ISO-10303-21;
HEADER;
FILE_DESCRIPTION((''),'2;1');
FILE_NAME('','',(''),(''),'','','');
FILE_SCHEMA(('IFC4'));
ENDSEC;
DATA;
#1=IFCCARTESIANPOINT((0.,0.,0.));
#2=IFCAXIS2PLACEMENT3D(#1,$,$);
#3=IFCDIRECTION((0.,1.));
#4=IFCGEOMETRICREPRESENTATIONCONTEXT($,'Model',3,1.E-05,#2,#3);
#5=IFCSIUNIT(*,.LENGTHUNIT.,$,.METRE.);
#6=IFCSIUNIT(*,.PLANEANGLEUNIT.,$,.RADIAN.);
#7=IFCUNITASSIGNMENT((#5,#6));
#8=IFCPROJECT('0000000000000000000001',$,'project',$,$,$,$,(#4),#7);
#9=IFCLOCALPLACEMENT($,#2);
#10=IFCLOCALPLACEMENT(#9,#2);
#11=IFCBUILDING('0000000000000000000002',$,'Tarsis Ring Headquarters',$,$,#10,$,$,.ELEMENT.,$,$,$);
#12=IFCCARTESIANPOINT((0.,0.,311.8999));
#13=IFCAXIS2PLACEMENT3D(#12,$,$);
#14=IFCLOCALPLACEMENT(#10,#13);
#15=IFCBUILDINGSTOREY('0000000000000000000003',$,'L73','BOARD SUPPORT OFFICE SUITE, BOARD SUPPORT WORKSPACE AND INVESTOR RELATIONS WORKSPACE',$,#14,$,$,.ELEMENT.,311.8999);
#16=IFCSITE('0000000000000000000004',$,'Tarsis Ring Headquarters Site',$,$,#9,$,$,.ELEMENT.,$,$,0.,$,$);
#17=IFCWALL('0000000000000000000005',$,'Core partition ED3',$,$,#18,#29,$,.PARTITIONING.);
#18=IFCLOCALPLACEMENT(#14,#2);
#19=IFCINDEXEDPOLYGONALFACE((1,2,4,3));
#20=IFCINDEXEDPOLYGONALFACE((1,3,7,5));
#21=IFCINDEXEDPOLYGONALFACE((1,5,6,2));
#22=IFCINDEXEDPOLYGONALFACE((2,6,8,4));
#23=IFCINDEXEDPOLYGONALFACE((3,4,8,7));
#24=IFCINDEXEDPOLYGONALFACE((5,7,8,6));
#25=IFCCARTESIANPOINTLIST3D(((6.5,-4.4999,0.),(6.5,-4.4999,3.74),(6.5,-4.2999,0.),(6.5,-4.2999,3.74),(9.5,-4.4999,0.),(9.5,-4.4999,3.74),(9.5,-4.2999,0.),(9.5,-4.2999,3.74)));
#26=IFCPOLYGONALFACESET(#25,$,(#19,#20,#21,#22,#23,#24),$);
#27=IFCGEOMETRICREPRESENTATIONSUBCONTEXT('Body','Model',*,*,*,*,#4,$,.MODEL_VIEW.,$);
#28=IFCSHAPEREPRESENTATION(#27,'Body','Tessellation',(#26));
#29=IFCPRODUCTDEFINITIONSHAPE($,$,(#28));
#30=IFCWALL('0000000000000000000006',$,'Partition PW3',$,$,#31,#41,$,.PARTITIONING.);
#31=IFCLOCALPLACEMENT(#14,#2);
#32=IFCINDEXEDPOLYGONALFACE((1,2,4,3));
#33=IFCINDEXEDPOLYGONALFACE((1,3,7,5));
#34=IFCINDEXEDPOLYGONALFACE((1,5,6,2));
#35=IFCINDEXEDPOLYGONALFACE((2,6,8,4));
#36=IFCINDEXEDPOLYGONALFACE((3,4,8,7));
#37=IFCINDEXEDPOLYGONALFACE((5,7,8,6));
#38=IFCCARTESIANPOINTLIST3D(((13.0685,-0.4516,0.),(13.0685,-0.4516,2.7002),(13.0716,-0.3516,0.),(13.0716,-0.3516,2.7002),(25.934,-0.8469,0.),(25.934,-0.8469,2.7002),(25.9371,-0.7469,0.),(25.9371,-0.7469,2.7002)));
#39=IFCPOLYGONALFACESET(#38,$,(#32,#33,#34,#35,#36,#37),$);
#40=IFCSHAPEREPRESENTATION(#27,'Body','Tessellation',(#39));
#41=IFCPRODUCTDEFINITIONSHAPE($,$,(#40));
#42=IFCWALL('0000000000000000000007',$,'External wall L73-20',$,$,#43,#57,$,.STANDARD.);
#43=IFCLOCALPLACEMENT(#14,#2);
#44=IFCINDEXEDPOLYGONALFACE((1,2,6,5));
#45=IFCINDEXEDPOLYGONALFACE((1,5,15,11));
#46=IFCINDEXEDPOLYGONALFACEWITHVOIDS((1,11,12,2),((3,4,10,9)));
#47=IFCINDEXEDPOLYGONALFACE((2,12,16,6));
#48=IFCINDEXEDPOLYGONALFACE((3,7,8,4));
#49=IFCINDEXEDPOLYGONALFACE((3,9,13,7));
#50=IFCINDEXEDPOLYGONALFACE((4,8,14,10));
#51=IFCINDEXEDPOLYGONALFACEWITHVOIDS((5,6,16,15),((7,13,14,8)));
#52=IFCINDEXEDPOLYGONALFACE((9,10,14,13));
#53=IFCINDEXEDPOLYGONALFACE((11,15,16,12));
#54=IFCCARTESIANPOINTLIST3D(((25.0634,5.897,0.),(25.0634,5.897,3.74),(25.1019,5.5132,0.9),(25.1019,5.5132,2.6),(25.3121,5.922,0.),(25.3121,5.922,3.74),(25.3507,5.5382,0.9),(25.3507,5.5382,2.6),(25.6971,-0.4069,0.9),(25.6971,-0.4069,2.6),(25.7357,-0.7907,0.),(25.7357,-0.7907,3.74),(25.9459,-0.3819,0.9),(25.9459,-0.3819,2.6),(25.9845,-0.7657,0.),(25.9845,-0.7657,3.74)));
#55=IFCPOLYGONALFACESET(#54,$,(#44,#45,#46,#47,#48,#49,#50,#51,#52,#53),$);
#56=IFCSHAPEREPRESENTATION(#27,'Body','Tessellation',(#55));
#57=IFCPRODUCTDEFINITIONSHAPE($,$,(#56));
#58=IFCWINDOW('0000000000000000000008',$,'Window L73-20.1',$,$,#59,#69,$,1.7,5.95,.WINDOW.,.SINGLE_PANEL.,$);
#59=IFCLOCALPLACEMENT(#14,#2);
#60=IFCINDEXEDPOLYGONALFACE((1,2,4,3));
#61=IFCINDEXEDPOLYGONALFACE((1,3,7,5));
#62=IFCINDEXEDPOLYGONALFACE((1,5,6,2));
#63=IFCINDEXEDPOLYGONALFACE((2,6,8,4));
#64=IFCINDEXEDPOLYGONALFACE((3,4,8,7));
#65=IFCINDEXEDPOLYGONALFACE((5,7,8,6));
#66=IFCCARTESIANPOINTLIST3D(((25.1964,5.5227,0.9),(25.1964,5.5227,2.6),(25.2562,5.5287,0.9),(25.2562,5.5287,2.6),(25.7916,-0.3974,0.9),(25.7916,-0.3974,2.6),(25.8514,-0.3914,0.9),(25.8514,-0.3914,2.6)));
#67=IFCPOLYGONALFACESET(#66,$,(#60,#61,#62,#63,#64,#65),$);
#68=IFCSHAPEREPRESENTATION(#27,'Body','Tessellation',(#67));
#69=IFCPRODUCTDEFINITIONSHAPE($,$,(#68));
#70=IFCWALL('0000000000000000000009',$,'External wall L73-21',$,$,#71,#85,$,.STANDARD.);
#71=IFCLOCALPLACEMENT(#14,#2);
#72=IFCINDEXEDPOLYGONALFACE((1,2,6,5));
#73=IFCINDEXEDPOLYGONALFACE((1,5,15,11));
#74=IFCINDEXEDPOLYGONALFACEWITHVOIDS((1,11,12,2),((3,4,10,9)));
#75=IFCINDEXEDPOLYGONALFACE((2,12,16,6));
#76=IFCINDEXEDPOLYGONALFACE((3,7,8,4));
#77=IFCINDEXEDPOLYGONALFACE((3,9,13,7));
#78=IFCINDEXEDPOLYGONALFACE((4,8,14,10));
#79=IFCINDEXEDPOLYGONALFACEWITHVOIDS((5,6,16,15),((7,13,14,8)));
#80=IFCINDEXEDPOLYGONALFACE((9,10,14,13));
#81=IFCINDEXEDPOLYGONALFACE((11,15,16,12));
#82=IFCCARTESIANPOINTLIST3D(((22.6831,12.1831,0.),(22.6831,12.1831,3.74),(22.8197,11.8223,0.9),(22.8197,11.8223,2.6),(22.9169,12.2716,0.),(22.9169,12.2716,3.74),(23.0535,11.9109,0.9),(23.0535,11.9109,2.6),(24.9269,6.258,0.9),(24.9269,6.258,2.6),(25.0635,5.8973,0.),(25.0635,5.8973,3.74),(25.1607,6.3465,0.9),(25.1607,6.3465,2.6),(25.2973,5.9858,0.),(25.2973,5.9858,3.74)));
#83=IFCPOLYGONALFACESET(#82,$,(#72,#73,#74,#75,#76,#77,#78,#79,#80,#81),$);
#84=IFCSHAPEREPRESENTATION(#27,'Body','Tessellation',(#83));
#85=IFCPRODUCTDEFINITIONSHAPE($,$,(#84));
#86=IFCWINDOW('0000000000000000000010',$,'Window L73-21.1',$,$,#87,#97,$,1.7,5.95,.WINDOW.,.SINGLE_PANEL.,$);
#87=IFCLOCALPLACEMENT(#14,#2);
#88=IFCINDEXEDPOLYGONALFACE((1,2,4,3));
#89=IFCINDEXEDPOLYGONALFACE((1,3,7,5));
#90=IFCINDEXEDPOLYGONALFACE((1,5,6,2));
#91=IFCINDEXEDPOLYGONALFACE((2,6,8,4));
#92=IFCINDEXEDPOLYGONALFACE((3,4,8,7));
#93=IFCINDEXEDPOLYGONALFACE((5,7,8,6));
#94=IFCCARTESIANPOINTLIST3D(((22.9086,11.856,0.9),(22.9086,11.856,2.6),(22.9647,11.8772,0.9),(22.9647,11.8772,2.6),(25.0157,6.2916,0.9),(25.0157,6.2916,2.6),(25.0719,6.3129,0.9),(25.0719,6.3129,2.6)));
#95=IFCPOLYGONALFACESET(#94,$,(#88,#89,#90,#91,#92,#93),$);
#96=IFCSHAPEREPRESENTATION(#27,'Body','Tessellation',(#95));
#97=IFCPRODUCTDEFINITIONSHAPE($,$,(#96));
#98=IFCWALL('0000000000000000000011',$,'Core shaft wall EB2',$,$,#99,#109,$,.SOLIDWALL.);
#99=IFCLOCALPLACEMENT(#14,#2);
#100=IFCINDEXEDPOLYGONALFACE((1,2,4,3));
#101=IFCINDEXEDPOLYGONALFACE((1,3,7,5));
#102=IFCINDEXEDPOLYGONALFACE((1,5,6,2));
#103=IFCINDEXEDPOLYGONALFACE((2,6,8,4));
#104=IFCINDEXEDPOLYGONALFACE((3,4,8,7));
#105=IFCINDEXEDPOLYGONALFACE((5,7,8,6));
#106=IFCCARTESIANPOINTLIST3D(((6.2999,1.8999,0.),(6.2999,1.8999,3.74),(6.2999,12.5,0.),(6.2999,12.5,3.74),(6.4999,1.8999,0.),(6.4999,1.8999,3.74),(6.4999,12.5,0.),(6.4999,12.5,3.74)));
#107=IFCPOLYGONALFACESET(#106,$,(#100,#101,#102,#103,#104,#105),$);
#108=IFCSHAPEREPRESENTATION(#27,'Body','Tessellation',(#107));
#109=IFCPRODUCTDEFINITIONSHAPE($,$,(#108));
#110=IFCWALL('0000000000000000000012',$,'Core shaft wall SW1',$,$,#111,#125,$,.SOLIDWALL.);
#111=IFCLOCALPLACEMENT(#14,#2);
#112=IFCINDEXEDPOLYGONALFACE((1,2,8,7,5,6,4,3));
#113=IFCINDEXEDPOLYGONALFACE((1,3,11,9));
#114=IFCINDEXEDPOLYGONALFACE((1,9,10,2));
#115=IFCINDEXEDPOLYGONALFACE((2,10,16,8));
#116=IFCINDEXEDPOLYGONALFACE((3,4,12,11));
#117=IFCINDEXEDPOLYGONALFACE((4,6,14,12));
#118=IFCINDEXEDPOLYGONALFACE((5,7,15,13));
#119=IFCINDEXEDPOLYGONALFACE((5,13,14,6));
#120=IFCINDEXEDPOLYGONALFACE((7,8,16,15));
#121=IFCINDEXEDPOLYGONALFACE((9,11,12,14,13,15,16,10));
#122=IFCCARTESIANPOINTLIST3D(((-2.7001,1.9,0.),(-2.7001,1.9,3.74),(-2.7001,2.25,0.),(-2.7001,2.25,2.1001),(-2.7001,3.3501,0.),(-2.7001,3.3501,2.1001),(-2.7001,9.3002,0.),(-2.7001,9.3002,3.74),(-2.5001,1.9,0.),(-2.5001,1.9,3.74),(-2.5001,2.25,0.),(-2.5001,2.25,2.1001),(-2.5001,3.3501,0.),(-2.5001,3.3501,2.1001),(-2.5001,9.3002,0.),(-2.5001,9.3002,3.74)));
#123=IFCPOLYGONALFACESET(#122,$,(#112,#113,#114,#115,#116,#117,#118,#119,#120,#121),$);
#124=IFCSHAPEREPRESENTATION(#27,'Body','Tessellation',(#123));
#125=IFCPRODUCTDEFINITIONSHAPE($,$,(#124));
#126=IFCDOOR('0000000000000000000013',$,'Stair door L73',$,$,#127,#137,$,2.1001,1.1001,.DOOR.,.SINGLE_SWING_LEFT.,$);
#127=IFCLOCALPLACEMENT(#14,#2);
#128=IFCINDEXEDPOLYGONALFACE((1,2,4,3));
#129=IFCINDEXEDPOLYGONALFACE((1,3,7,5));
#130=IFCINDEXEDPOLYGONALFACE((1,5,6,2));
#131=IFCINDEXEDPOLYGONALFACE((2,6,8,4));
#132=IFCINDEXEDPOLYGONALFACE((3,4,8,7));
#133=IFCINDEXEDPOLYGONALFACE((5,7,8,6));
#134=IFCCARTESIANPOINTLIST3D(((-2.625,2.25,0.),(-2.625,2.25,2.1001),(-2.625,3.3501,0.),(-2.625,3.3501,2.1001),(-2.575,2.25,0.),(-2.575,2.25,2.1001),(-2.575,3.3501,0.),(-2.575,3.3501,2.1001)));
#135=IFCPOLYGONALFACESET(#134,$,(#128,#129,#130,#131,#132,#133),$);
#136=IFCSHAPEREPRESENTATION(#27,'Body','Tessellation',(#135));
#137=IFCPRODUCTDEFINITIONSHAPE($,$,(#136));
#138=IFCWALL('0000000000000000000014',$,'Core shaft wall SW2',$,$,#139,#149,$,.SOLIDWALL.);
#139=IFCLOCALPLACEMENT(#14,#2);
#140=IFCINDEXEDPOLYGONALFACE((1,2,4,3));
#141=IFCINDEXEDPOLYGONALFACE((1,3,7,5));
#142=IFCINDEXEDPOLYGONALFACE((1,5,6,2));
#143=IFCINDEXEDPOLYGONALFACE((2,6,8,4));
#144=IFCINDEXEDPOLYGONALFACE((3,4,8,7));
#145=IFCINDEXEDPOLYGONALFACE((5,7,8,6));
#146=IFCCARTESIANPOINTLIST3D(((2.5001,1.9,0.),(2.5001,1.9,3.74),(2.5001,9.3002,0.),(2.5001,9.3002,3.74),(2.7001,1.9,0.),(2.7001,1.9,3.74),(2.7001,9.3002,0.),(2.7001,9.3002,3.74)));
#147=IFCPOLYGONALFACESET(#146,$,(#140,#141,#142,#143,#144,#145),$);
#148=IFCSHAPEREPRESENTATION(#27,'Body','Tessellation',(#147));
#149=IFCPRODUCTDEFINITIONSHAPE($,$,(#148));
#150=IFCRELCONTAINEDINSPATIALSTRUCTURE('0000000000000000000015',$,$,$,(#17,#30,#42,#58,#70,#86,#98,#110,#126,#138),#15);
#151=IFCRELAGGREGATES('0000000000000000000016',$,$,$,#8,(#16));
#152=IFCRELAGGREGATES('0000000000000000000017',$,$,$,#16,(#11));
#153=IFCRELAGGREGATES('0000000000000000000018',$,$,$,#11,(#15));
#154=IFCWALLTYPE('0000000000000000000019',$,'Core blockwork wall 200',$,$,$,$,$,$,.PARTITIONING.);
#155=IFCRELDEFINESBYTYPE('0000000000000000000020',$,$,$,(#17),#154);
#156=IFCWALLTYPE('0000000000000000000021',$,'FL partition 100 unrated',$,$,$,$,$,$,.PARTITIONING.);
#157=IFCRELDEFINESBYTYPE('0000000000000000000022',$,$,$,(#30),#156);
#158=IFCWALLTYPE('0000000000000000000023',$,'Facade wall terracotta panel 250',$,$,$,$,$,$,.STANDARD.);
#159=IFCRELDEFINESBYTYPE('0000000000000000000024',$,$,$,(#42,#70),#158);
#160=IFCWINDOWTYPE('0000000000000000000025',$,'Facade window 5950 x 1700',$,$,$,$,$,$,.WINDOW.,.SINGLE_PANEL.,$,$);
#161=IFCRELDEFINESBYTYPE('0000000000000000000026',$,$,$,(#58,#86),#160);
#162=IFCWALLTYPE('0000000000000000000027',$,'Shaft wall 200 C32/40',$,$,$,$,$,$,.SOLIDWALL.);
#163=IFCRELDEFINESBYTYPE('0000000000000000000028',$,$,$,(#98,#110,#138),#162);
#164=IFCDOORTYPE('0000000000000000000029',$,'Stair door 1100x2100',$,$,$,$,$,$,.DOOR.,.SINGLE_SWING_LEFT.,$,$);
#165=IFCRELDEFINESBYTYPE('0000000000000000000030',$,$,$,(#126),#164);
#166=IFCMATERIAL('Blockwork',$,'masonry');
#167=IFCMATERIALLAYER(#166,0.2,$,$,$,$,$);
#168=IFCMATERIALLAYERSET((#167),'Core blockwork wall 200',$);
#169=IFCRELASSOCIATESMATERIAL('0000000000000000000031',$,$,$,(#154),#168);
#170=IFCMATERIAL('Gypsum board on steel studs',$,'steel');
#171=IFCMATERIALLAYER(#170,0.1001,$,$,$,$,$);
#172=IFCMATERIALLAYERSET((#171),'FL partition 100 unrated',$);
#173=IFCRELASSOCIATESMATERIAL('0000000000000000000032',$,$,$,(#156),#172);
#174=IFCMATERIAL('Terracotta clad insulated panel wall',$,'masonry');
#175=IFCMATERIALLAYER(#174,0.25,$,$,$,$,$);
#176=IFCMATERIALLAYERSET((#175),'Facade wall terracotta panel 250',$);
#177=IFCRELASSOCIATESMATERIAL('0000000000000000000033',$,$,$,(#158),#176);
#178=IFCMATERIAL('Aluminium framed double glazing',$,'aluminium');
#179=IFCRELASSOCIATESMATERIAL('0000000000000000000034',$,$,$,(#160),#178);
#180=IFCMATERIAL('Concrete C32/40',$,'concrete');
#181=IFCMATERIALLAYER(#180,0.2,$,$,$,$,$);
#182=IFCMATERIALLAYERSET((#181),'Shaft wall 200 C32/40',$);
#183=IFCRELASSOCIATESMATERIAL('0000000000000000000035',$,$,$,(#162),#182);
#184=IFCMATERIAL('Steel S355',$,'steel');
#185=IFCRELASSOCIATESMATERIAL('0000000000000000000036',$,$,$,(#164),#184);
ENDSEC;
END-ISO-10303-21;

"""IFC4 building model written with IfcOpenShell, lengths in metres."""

from ifc_helpers import new_model, si_unit, direction, frame, frame_2d, origin, place, context, subcontext, project, spatial, rectangle, extrude, material, layer, layer_set, type_object, element, fill, save


model = new_model("IFC4")

# Units and contexts
model_context = context("Model", 3, precision=1e-05, world=origin(), true_north=direction((0.0, 1.0)))
body_context = subcontext(model_context, "Body", "Model", "MODEL_VIEW")
ifc_project = project(units=[si_unit("LENGTHUNIT", "METRE"), si_unit("PLANEANGLEUNIT", "RADIAN")], contexts=[model_context])

# Site, building, storey
site_placement = place(None, origin())
site = spatial("IfcSite", under=ifc_project, at=site_placement, Name="Tarsis Ring Headquarters Site", CompositionType="ELEMENT", RefElevation=0.0)
building_placement = place(site_placement, origin())
building = spatial("IfcBuilding", under=site, at=building_placement, Name="Tarsis Ring Headquarters", CompositionType="ELEMENT")
storey_placement = place(building_placement, frame((0.0, 0.0, 311.8999)))
storey = spatial("IfcBuildingStorey", under=building, at=storey_placement, Name="L73", Description="BOARD SUPPORT OFFICE SUITE, BOARD SUPPORT WORKSPACE AND INVESTOR RELATIONS WORKSPACE", CompositionType="ELEMENT", Elevation=311.8999)

# Walls
ifc_material_1 = material(Name="Blockwork", Category="masonry")
ifc_layer_1 = layer(ifc_material_1, 0.2)
ifc_layer_set_1 = layer_set([ifc_layer_1], Name="Core blockwork wall 200")
wall_type_1 = type_object("IfcWallType", Name="Core blockwork wall 200", PredefinedType="PARTITIONING", material=ifc_layer_set_1)
wall_1_placement = place(storey_placement, frame((6.5, -4.3999, 0.0), z_axis=(0.0, 0.0, 1.0), x_axis=(1.0, 0.0, 0.0)))
element("IfcWall", 1, at=wall_1_placement, inside=storey, type_object=wall_type_1, Name="Core partition ED3", PredefinedType="PARTITIONING", context=body_context, shape_type="SweptSolid", body=[
    extrude(rectangle(XDim=3.0, YDim=0.2, at=frame_2d((1.5, 0.0))), origin(), (0.0, 0.0, 1.0), 3.74),
])
ifc_material_2 = material(Name="Gypsum board on steel studs", Category="steel")
ifc_layer_2 = layer(ifc_material_2, 0.1001)
ifc_layer_set_2 = layer_set([ifc_layer_2], Name="FL partition 100 unrated")
wall_type_2 = type_object("IfcWallType", Name="FL partition 100 unrated", PredefinedType="PARTITIONING", material=ifc_layer_set_2)
wall_2_placement = place(storey_placement, frame((13.0701, -0.4016, 0.0), z_axis=(0.0, 0.0, 1.0), x_axis=(0.999528, -0.030708, 0.0)))
element("IfcWall", 2, at=wall_2_placement, inside=storey, type_object=wall_type_2, Name="Partition PW3", PredefinedType="PARTITIONING", context=body_context, shape_type="SweptSolid", body=[
    extrude(rectangle(XDim=12.8716, YDim=0.1001, at=frame_2d((6.4358, 0.0))), origin(), (0.0, 0.0, 1.0), 2.7002),
])

# Walls, openings, windows
ifc_material_3 = material(Name="Terracotta clad insulated panel wall", Category="masonry")
ifc_layer_3 = layer(ifc_material_3, 0.25)
ifc_layer_set_3 = layer_set([ifc_layer_3], Name="Facade wall terracotta panel 250")
wall_type_3 = type_object("IfcWallType", Name="Facade wall terracotta panel 250", PredefinedType="STANDARD", material=ifc_layer_set_3)
wall_3_placement = place(storey_placement, frame((25.8601, -0.7783, 0.0), z_axis=(0.0, 0.0, 1.0), x_axis=(-0.100032, 0.994984, 0.0)))
wall_3 = element("IfcWall", 3, at=wall_3_placement, inside=storey, type_object=wall_type_3, Name="External wall L73-20", PredefinedType="STANDARD", context=body_context, shape_type="SweptSolid", body=[
    extrude(rectangle(XDim=6.7214, YDim=0.25, at=frame_2d((3.3608, 0.0))), origin(), (0.0, 0.0, 1.0), 3.74),
])
opening_1_placement = place(wall_3_placement, frame((0.3857, 0.0, 0.8999)))
opening_1 = element("IfcOpeningElement", 4, at=opening_1_placement, cuts=wall_3, PredefinedType="OPENING", context=body_context, shape_type="SweptSolid", body=[
    extrude(rectangle(XDim=5.95, YDim=1.7, at=frame_2d((2.9751, 0.8501))), frame((0.0, 0.135, 0.0), z_axis=(0.0, -1.0, 0.0), x_axis=(1.0, 0.0, 0.0)), (0.0, 0.0, 1.0), 0.27),
])
ifc_material_4 = material(Name="Aluminium framed double glazing", Category="aluminium")
window_type = type_object("IfcWindowType", Name="Facade window 5950 x 1700", PartitioningType="SINGLE_PANEL", PredefinedType="WINDOW", material=ifc_material_4)
window_1_placement = place(opening_1_placement, origin())
window_1 = element("IfcWindow", 5, at=window_1_placement, inside=storey, type_object=window_type, Name="Window L73-20.1", OverallHeight=1.7, OverallWidth=5.95, PartitioningType="SINGLE_PANEL", PredefinedType="WINDOW", context=body_context, shape_type="SweptSolid", body=[
    extrude(rectangle(XDim=5.95, YDim=1.7, at=frame_2d((2.9751, 0.8501))), frame((0.0, 0.03, 0.0), z_axis=(0.0, -1.0, 0.0), x_axis=(1.0, 0.0, 0.0)), (0.0, 0.0, 1.0), 0.0601),
])
fill(opening_1, window_1)
wall_4_placement = place(storey_placement, frame((25.1804, 5.9414, 0.0), z_axis=(0.0, 0.0, 1.0), x_axis=(-0.354143, 0.935191, 0.0)))
wall_4 = element("IfcWall", 6, at=wall_4_placement, inside=storey, type_object=wall_type_3, Name="External wall L73-21", PredefinedType="STANDARD", context=body_context, shape_type="SweptSolid", body=[
    extrude(rectangle(XDim=6.7214, YDim=0.25, at=frame_2d((3.3608, 0.0))), origin(), (0.0, 0.0, 1.0), 3.74),
])
opening_2_placement = place(wall_4_placement, frame((0.3857, 0.0, 0.8999)))
opening_2 = element("IfcOpeningElement", 7, at=opening_2_placement, cuts=wall_4, PredefinedType="OPENING", context=body_context, shape_type="SweptSolid", body=[
    extrude(rectangle(XDim=5.95, YDim=1.7, at=frame_2d((2.9751, 0.8501))), frame((0.0, 0.135, 0.0), z_axis=(0.0, -1.0, 0.0), x_axis=(1.0, 0.0, 0.0)), (0.0, 0.0, 1.0), 0.27),
])
window_2_placement = place(opening_2_placement, origin())
window_2 = element("IfcWindow", 8, at=window_2_placement, inside=storey, type_object=window_type, Name="Window L73-21.1", OverallHeight=1.7, OverallWidth=5.95, PartitioningType="SINGLE_PANEL", PredefinedType="WINDOW", context=body_context, shape_type="SweptSolid", body=[
    extrude(rectangle(XDim=5.95, YDim=1.7, at=frame_2d((2.9751, 0.8501))), frame((0.0, 0.03, 0.0), z_axis=(0.0, -1.0, 0.0), x_axis=(1.0, 0.0, 0.0)), (0.0, 0.0, 1.0), 0.0601),
])
fill(opening_2, window_2)

# Wall
ifc_material_5 = material(Name="Concrete C32/40", Category="concrete")
ifc_layer_4 = layer(ifc_material_5, 0.2)
ifc_layer_set_4 = layer_set([ifc_layer_4], Name="Shaft wall 200 C32/40")
wall_type_4 = type_object("IfcWallType", Name="Shaft wall 200 C32/40", PredefinedType="SOLIDWALL", material=ifc_layer_set_4)
wall_5_placement = place(storey_placement, frame((6.3999, 1.8999, 0.0), z_axis=(0.0, 0.0, 1.0), x_axis=(0.0, 1.0, 0.0)))
element("IfcWall", 9, at=wall_5_placement, inside=storey, type_object=wall_type_4, Name="Core shaft wall EB2", PredefinedType="SOLIDWALL", context=body_context, shape_type="SweptSolid", body=[
    extrude(rectangle(XDim=10.6001, YDim=0.2, at=frame_2d((5.3, 0.0))), origin(), (0.0, 0.0, 1.0), 3.74),
])

# Wall, opening, door
wall_6_placement = place(storey_placement, frame((-2.6001, 1.8999, 0.0), z_axis=(0.0, 0.0, 1.0), x_axis=(0.0, 1.0, 0.0)))
wall_6 = element("IfcWall", 10, at=wall_6_placement, inside=storey, type_object=wall_type_4, Name="Core shaft wall SW1", PredefinedType="SOLIDWALL", context=body_context, shape_type="SweptSolid", body=[
    extrude(rectangle(XDim=7.4001, YDim=0.2, at=frame_2d((3.7002, 0.0))), origin(), (0.0, 0.0, 1.0), 3.74),
])
opening_3_placement = place(wall_6_placement, frame((0.3501, 0.0, 0.0)))
opening_3 = element("IfcOpeningElement", 11, at=opening_3_placement, cuts=wall_6, PredefinedType="OPENING", context=body_context, shape_type="SweptSolid", body=[
    extrude(rectangle(XDim=1.1001, YDim=2.1001, at=frame_2d((0.55, 1.05))), frame((0.0, 0.1099, 0.0), z_axis=(0.0, -1.0, 0.0), x_axis=(1.0, 0.0, 0.0)), (0.0, 0.0, 1.0), 0.22),
])
ifc_material_6 = material(Name="Steel S355", Category="steel")
door_type_1 = type_object("IfcDoorType", Name="Stair door 1100x2100", OperationType="SINGLE_SWING_LEFT", PredefinedType="DOOR", material=ifc_material_6)
door_1_placement = place(opening_3_placement, origin())
door_1 = element("IfcDoor", 12, at=door_1_placement, inside=storey, type_object=door_type_1, Name="Stair door L73", OperationType="SINGLE_SWING_LEFT", OverallHeight=2.1001, OverallWidth=1.1001, PredefinedType="DOOR", context=body_context, shape_type="SweptSolid", body=[
    extrude(rectangle(XDim=1.1001, YDim=2.1001, at=frame_2d((0.55, 1.05))), frame((0.0, 0.0249, 0.0), z_axis=(0.0, -1.0, 0.0), x_axis=(1.0, 0.0, 0.0)), (0.0, 0.0, 1.0), 0.05),
])
fill(opening_3, door_1)

# Wall
wall_7_placement = place(storey_placement, frame((2.6001, 1.8999, 0.0), z_axis=(0.0, 0.0, 1.0), x_axis=(0.0, 1.0, 0.0)))
element("IfcWall", 13, at=wall_7_placement, inside=storey, type_object=wall_type_4, Name="Core shaft wall SW2", PredefinedType="SOLIDWALL", context=body_context, shape_type="SweptSolid", body=[
    extrude(rectangle(XDim=7.4001, YDim=0.2, at=frame_2d((3.7002, 0.0))), origin(), (0.0, 0.0, 1.0), 3.74),
])

save(model, "model.ifc")
